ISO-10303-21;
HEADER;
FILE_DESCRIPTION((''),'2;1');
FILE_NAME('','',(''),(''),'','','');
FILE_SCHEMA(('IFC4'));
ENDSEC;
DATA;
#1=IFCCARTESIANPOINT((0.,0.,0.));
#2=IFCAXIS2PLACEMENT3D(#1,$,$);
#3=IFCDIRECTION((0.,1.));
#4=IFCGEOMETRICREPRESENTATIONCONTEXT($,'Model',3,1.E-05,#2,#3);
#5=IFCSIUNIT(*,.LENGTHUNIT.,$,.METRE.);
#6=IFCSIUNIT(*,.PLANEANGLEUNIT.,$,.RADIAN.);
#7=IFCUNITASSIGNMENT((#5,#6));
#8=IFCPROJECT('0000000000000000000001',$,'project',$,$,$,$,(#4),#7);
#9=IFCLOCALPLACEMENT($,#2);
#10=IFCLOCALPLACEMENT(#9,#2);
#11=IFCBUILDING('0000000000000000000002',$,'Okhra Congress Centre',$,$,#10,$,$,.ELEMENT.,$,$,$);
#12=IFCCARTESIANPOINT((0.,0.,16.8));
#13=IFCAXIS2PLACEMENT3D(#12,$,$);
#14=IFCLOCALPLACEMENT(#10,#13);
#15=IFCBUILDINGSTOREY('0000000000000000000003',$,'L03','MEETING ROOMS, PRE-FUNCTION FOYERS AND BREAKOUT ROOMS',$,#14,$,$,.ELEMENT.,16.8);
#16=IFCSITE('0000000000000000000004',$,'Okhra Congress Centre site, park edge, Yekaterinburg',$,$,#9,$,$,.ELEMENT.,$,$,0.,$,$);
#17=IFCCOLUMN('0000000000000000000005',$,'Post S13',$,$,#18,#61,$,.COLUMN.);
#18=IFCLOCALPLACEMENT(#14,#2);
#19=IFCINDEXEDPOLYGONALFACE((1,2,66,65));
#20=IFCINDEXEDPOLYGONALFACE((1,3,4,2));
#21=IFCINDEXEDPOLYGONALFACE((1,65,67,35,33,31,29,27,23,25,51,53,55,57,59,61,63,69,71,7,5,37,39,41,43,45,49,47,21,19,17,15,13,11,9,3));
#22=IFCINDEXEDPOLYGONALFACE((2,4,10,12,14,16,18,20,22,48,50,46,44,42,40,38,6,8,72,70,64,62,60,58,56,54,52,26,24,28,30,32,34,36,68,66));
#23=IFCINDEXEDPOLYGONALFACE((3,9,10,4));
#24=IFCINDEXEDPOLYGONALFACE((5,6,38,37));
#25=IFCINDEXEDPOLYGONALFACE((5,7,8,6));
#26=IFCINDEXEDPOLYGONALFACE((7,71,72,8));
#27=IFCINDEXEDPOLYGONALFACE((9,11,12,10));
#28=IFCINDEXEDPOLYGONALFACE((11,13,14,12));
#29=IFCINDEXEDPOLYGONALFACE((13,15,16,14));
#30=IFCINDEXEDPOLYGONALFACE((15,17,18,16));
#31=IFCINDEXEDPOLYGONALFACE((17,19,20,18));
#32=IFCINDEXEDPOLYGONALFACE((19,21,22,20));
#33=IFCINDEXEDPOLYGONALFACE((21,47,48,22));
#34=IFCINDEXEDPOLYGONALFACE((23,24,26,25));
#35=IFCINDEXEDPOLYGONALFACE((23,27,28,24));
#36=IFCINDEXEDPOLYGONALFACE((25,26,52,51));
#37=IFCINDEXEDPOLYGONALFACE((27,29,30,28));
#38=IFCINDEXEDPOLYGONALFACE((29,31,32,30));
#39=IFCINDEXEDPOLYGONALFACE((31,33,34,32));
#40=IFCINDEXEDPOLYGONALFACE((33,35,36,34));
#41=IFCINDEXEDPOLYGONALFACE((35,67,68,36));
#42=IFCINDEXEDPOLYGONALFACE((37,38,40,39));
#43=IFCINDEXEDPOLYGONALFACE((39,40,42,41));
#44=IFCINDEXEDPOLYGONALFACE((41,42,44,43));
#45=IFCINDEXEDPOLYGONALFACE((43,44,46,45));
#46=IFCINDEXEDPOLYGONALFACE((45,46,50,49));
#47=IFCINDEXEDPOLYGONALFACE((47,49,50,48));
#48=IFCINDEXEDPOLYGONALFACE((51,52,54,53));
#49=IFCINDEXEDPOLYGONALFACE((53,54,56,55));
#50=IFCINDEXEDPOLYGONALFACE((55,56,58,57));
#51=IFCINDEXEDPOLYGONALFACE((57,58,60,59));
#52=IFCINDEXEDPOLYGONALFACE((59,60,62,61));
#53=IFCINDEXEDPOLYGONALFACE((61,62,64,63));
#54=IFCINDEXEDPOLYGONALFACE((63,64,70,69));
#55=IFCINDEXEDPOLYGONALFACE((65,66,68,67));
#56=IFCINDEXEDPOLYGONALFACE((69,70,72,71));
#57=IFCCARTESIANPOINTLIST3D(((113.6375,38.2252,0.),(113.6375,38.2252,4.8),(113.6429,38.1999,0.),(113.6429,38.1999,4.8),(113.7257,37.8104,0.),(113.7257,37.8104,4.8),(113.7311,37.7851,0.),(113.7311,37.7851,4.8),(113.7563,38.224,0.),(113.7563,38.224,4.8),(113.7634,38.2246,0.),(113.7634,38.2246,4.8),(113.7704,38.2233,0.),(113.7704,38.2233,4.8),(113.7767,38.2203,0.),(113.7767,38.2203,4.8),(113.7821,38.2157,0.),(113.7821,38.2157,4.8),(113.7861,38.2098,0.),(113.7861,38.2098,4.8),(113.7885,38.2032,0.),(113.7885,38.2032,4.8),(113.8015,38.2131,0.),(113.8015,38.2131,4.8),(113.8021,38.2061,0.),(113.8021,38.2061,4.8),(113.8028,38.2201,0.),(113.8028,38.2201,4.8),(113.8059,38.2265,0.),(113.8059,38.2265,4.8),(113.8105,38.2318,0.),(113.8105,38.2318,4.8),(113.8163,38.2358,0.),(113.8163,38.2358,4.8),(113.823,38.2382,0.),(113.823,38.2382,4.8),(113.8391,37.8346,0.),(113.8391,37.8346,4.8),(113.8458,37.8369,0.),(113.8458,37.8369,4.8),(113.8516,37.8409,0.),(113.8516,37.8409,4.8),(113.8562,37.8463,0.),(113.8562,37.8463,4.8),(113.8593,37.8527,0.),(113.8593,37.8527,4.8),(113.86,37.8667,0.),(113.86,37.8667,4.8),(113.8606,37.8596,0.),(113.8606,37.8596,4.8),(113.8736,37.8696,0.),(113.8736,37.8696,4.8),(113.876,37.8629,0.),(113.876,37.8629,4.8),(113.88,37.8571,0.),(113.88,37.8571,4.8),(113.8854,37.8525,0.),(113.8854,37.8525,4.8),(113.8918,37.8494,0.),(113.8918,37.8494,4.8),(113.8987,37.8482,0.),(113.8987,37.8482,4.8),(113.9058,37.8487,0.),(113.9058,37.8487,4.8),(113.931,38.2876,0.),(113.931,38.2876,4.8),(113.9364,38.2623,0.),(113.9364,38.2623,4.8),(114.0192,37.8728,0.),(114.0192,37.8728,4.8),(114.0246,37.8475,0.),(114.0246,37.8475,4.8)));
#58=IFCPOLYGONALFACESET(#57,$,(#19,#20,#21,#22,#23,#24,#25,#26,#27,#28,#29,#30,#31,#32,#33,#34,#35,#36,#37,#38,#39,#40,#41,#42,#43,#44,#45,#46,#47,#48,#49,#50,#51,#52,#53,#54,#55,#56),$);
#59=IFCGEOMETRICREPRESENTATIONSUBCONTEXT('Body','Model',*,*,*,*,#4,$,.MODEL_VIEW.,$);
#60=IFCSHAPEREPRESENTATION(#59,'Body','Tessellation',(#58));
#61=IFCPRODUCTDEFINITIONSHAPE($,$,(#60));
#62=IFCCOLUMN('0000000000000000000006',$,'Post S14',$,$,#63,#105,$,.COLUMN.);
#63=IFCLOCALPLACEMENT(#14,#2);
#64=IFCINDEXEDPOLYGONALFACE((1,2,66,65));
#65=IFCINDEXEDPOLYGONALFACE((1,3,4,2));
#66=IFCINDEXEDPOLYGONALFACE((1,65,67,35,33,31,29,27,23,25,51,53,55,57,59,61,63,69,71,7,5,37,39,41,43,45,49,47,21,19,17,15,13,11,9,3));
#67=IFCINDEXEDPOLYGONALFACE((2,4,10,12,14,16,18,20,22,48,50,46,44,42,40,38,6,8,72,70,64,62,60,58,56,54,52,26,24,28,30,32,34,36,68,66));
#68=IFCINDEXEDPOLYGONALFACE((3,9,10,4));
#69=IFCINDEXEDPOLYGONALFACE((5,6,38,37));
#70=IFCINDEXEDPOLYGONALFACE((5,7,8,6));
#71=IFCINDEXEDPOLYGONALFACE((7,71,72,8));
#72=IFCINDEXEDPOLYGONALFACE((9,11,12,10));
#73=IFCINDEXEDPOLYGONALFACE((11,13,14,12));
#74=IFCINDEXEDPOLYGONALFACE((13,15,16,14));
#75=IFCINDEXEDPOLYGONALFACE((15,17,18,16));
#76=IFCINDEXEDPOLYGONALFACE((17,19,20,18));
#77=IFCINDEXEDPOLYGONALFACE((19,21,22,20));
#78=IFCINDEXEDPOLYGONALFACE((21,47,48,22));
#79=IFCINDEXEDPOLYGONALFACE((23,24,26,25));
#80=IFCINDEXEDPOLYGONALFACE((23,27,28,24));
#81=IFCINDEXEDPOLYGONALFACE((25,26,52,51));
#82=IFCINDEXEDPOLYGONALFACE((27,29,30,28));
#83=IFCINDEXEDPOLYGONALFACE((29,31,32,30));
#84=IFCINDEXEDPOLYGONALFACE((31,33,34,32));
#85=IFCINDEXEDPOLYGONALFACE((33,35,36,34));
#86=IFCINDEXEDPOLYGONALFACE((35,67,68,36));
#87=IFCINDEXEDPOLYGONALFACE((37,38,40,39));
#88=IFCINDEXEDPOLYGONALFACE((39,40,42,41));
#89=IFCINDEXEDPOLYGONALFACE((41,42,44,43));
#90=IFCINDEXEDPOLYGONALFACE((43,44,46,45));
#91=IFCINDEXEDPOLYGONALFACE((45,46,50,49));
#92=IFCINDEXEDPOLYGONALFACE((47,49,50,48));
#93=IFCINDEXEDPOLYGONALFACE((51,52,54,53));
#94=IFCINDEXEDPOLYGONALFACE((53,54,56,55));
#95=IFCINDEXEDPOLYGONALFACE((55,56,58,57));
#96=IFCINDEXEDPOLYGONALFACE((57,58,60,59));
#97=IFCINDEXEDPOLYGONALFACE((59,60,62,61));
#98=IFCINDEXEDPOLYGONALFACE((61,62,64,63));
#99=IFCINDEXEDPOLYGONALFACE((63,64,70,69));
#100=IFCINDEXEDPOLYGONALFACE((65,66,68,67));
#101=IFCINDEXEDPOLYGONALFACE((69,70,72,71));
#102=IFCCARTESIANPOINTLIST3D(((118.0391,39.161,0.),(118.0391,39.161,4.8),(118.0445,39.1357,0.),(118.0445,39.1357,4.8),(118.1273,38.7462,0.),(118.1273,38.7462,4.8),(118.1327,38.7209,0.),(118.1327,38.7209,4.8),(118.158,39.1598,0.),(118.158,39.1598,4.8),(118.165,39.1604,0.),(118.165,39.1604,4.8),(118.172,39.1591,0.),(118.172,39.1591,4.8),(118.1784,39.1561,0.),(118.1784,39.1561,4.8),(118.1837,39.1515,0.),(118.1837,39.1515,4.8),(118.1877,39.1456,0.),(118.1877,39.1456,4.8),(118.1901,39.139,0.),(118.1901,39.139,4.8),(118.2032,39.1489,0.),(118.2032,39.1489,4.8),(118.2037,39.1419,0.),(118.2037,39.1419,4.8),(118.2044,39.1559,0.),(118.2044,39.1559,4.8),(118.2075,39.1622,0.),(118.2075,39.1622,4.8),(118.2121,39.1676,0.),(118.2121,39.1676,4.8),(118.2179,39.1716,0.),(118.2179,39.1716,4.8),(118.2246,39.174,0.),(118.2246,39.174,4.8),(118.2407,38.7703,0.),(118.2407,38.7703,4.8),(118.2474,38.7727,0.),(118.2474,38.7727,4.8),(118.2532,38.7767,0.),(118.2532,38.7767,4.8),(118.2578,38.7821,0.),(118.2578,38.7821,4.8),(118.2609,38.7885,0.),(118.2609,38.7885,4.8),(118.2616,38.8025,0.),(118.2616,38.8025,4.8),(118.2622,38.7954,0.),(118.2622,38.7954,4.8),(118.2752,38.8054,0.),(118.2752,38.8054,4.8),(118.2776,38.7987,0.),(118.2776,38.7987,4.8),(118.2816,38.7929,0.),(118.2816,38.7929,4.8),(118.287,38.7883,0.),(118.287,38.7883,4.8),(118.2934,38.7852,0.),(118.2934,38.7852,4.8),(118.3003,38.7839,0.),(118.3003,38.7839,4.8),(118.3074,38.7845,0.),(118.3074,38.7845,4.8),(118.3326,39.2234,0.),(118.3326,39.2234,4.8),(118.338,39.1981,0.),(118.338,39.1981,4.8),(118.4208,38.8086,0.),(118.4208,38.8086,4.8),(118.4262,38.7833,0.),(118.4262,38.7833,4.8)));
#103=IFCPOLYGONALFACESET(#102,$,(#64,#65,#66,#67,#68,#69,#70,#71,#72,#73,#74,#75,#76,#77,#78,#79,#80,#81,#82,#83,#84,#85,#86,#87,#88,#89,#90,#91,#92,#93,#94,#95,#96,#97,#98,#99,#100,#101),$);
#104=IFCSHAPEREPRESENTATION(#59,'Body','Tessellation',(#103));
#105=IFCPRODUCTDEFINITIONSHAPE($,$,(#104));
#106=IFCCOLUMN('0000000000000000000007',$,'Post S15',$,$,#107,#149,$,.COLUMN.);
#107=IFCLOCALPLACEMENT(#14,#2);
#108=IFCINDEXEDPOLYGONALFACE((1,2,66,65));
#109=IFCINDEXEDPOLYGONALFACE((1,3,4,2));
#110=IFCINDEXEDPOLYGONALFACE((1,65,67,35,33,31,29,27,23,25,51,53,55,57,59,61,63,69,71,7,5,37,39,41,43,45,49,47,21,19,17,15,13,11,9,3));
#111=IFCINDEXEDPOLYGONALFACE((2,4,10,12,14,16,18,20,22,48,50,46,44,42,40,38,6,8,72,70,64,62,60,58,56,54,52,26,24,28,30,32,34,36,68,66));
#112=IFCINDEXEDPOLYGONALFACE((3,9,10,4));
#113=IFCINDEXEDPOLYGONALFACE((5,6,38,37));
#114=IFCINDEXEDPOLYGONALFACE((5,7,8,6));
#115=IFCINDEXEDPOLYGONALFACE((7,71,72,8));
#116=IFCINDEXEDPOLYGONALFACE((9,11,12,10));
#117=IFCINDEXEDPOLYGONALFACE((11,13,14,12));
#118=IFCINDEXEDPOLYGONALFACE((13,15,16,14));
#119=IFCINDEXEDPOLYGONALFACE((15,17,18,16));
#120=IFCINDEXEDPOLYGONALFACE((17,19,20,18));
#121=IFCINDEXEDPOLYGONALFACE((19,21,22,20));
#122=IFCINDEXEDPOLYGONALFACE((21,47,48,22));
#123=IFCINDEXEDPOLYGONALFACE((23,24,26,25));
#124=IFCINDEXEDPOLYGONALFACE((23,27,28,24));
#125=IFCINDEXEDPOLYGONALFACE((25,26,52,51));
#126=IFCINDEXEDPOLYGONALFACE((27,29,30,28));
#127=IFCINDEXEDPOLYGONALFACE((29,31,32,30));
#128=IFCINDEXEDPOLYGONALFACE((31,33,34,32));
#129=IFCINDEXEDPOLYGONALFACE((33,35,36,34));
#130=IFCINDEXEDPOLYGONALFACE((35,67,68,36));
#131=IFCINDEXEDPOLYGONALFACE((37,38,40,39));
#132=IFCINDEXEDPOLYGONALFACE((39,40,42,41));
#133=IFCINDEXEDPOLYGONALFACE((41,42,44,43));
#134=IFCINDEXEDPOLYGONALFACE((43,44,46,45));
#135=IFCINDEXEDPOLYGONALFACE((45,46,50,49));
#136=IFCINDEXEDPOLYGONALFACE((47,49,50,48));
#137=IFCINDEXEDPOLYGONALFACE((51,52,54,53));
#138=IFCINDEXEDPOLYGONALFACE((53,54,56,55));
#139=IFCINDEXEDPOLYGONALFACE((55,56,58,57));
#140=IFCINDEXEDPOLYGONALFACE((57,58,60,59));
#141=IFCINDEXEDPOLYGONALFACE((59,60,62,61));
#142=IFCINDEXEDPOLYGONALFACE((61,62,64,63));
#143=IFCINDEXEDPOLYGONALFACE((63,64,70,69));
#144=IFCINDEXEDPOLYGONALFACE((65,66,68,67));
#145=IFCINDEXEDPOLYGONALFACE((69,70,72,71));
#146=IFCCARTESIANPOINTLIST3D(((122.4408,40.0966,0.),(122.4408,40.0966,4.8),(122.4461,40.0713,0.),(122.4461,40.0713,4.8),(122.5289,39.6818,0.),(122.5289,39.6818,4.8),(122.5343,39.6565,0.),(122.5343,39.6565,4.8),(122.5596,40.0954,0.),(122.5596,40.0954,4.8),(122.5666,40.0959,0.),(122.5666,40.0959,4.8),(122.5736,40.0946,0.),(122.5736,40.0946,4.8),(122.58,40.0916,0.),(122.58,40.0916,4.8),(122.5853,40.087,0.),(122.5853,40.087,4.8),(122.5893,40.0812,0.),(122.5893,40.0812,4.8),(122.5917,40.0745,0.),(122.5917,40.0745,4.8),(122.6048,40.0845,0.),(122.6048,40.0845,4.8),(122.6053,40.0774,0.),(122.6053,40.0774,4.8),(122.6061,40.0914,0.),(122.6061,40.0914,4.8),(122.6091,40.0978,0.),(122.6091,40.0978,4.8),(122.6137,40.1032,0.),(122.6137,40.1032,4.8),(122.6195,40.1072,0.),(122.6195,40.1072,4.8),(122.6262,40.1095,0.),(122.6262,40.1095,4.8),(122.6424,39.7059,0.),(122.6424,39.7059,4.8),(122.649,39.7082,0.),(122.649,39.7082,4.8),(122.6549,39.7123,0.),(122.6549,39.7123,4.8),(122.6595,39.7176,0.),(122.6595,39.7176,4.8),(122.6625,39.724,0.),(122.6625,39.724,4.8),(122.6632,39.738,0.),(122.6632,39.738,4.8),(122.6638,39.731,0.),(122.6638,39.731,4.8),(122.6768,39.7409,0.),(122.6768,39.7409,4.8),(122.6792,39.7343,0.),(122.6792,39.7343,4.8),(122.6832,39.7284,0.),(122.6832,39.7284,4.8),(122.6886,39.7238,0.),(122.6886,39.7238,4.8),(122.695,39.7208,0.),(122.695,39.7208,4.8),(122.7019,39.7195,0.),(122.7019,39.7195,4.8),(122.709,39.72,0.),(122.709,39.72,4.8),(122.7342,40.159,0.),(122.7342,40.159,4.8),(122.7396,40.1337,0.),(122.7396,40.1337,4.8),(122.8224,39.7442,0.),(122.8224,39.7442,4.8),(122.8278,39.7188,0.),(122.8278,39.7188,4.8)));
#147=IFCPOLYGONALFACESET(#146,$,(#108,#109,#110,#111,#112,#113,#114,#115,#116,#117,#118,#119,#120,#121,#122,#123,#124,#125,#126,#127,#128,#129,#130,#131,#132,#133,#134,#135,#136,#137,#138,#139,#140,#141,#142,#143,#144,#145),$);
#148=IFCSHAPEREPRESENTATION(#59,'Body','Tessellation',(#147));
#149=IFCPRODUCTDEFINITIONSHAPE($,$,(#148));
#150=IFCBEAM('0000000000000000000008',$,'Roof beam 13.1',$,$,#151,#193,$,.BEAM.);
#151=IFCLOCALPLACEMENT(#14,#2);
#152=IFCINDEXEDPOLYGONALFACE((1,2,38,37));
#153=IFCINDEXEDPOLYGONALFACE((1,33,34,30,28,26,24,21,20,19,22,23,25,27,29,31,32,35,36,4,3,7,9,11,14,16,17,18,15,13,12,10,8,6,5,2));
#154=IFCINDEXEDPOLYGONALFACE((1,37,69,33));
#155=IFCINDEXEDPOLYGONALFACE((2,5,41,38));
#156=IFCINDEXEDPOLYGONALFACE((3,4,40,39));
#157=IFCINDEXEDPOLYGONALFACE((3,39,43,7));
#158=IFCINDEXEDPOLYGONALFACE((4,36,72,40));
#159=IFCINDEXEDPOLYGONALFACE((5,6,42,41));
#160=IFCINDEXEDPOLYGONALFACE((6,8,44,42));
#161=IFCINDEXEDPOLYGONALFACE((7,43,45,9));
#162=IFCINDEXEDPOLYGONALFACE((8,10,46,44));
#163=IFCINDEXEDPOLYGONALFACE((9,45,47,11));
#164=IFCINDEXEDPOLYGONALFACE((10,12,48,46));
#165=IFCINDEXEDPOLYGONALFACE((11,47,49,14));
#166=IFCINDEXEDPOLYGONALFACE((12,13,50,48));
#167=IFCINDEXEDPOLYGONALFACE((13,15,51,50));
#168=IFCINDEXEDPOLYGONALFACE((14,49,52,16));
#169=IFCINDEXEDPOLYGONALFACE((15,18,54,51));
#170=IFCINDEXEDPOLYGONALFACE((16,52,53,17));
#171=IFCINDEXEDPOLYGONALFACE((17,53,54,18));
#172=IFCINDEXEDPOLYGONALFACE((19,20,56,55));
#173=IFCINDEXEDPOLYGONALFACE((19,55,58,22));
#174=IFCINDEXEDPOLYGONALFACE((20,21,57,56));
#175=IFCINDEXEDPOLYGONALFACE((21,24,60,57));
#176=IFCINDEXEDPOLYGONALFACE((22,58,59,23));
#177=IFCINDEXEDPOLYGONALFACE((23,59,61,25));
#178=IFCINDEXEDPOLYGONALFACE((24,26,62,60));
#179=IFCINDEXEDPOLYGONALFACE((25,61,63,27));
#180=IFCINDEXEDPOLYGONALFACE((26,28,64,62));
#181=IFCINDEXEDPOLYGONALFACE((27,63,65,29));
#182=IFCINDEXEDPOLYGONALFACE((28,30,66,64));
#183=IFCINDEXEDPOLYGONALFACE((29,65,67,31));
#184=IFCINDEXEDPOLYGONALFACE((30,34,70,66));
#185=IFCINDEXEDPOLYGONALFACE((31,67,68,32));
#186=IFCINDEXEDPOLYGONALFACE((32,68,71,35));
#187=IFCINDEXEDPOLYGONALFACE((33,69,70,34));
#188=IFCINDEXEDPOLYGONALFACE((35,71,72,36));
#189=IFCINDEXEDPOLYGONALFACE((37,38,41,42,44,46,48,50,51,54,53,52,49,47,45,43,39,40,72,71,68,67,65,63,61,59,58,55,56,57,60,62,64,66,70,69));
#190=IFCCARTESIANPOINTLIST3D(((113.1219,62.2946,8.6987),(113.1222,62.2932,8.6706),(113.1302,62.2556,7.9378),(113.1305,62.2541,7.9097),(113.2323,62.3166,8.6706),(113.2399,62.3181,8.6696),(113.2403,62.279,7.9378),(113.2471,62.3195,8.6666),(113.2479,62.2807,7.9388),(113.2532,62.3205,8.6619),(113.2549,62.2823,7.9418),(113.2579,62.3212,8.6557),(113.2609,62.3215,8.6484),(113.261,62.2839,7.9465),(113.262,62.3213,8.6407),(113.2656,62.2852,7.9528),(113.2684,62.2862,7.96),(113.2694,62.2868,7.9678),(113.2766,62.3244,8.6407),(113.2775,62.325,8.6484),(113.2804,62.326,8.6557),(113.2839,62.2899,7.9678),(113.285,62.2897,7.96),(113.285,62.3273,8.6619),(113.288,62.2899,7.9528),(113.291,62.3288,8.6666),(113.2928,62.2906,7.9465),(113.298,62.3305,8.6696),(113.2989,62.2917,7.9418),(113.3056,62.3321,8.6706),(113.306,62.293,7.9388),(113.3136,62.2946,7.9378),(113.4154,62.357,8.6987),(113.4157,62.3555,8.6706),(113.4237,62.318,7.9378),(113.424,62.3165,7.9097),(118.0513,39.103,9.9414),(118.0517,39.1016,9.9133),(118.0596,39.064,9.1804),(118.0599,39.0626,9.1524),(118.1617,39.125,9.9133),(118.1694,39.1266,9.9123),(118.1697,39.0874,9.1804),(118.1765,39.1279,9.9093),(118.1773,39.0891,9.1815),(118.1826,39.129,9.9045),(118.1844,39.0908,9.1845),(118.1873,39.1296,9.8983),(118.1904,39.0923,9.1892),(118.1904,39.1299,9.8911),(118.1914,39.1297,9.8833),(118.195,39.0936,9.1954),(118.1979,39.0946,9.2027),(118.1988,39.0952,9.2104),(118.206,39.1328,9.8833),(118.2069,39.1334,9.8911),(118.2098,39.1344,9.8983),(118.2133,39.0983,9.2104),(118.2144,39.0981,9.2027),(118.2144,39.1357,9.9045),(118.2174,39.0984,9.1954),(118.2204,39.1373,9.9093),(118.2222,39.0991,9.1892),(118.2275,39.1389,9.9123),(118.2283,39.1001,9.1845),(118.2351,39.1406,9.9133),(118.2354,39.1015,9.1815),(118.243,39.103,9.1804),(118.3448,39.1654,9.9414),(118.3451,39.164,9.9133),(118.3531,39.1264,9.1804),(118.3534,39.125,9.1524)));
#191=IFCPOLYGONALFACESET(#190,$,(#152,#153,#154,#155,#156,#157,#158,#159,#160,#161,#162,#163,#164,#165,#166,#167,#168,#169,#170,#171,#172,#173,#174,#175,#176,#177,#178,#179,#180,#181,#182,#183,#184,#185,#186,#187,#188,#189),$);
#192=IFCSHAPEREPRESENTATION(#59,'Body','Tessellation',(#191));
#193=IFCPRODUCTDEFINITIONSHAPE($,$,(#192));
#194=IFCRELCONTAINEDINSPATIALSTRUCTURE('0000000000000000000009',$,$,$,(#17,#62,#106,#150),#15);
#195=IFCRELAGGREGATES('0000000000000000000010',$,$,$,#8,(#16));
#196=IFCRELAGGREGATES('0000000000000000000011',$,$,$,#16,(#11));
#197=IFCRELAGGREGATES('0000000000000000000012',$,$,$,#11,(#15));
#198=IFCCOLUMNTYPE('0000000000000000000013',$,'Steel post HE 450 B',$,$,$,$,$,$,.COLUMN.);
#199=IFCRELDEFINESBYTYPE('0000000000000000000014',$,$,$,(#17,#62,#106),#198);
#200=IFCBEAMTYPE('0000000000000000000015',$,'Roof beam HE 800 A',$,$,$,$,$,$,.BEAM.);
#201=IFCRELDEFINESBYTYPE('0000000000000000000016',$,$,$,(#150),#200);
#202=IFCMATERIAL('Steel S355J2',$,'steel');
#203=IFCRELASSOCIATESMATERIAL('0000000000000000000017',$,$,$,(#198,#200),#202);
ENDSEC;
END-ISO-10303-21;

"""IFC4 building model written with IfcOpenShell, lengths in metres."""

from ifc_helpers import new_model, si_unit, direction, frame, origin, origin_2d, place, context, subcontext, project, spatial, i_section, extrude, material, material_profile, profile_set, type_object, element, save


model = new_model("IFC4")

# Units and contexts
model_context = context("Model", 3, precision=1e-05, world=origin(), true_north=direction((0.0, 1.0)))
body_context = subcontext(model_context, "Body", "Model", "MODEL_VIEW")
ifc_project = project(units=[si_unit("LENGTHUNIT", "METRE"), si_unit("PLANEANGLEUNIT", "RADIAN")], contexts=[model_context])

# Site, building, storey
site_placement = place(None, origin())
site = spatial("IfcSite", under=ifc_project, at=site_placement, Name="Okhra Congress Centre site, park edge, Yekaterinburg", CompositionType="ELEMENT", RefElevation=0.0)
building_placement = place(site_placement, origin())
building = spatial("IfcBuilding", under=site, at=building_placement, Name="Okhra Congress Centre", CompositionType="ELEMENT")
storey_placement = place(building_placement, frame((0.0, 0.0, 16.8)))
storey = spatial("IfcBuildingStorey", under=building, at=storey_placement, Name="L03", Description="MEETING ROOMS, PRE-FUNCTION FOYERS AND BREAKOUT ROOMS", CompositionType="ELEMENT", Elevation=16.8)

# Columns
ifc_material_1 = material(Name="Steel S355J2", Category="steel")
ifc_material_profile_1 = material_profile(ifc_material_1, i_section(OverallWidth=0.3, OverallDepth=0.45, WebThickness=0.0139, FlangeThickness=0.0259, FilletRadius=0.0271, at=origin_2d()), Name="HE 450 B")
ifc_profile_set_1 = profile_set([ifc_material_profile_1], Name="Steel S355J2")
column_type = type_object("IfcColumnType", Name="Steel post HE 450 B", PredefinedType="COLUMN", material=ifc_profile_set_1)
for number, where, z_axis, x_axis, name in (
    (1, (113.8311, 38.0364, 0.0), (0.0, 0.0, 1.0), (0.978148, 0.207912, 0.0), "Post S13"),
    (2, (118.2327, 38.9722, 0.0), (0.0, 0.0, 1.0), (0.978148, 0.207912, 0.0), "Post S14"),
    (3, (122.6343, 39.9077, 0.0), (0.0, 0.0, 1.0), (0.978148, 0.207912, 0.0), "Post S15"),
):
    element("IfcColumn", number, at=place(storey_placement, frame(where, z_axis=z_axis, x_axis=x_axis)), inside=storey, type_object=column_type, Name=name, PredefinedType="COLUMN", context=body_context, shape_type="SweptSolid", body=[
        extrude(i_section(OverallWidth=0.3, OverallDepth=0.45, WebThickness=0.0139, FlangeThickness=0.0259, FilletRadius=0.0271, at=origin_2d()), origin(), (0.0, 0.0, 1.0), 4.8),
    ])

# Beam
ifc_material_profile_2 = material_profile(ifc_material_1, i_section(OverallWidth=0.3, OverallDepth=0.79, WebThickness=0.0149, FlangeThickness=0.0281, FilletRadius=0.03, at=origin_2d()), Name="HE 800 A")
ifc_profile_set_2 = profile_set([ifc_material_profile_2], Name="Steel S355J2")
beam_type = type_object("IfcBeamType", Name="Roof beam HE 800 A", PredefinedType="BEAM", material=ifc_profile_set_2)
beam_1_placement = place(storey_placement, frame((118.2024, 39.114, 9.5469), z_axis=(-0.207623, 0.976808, -0.05234), x_axis=(-0.978148, -0.207908, 0.0)))
element("IfcBeam", 4, at=beam_1_placement, inside=storey, type_object=beam_type, Name="Roof beam 13.1", PredefinedType="BEAM", context=body_context, shape_type="SweptSolid", body=[
    extrude(i_section(OverallWidth=0.3, OverallDepth=0.79, WebThickness=0.0149, FlangeThickness=0.0281, FilletRadius=0.03, at=origin_2d()), origin(), (0.0, 0.0, 1.0), 23.7422),
])

save(model, "model.ifc")
